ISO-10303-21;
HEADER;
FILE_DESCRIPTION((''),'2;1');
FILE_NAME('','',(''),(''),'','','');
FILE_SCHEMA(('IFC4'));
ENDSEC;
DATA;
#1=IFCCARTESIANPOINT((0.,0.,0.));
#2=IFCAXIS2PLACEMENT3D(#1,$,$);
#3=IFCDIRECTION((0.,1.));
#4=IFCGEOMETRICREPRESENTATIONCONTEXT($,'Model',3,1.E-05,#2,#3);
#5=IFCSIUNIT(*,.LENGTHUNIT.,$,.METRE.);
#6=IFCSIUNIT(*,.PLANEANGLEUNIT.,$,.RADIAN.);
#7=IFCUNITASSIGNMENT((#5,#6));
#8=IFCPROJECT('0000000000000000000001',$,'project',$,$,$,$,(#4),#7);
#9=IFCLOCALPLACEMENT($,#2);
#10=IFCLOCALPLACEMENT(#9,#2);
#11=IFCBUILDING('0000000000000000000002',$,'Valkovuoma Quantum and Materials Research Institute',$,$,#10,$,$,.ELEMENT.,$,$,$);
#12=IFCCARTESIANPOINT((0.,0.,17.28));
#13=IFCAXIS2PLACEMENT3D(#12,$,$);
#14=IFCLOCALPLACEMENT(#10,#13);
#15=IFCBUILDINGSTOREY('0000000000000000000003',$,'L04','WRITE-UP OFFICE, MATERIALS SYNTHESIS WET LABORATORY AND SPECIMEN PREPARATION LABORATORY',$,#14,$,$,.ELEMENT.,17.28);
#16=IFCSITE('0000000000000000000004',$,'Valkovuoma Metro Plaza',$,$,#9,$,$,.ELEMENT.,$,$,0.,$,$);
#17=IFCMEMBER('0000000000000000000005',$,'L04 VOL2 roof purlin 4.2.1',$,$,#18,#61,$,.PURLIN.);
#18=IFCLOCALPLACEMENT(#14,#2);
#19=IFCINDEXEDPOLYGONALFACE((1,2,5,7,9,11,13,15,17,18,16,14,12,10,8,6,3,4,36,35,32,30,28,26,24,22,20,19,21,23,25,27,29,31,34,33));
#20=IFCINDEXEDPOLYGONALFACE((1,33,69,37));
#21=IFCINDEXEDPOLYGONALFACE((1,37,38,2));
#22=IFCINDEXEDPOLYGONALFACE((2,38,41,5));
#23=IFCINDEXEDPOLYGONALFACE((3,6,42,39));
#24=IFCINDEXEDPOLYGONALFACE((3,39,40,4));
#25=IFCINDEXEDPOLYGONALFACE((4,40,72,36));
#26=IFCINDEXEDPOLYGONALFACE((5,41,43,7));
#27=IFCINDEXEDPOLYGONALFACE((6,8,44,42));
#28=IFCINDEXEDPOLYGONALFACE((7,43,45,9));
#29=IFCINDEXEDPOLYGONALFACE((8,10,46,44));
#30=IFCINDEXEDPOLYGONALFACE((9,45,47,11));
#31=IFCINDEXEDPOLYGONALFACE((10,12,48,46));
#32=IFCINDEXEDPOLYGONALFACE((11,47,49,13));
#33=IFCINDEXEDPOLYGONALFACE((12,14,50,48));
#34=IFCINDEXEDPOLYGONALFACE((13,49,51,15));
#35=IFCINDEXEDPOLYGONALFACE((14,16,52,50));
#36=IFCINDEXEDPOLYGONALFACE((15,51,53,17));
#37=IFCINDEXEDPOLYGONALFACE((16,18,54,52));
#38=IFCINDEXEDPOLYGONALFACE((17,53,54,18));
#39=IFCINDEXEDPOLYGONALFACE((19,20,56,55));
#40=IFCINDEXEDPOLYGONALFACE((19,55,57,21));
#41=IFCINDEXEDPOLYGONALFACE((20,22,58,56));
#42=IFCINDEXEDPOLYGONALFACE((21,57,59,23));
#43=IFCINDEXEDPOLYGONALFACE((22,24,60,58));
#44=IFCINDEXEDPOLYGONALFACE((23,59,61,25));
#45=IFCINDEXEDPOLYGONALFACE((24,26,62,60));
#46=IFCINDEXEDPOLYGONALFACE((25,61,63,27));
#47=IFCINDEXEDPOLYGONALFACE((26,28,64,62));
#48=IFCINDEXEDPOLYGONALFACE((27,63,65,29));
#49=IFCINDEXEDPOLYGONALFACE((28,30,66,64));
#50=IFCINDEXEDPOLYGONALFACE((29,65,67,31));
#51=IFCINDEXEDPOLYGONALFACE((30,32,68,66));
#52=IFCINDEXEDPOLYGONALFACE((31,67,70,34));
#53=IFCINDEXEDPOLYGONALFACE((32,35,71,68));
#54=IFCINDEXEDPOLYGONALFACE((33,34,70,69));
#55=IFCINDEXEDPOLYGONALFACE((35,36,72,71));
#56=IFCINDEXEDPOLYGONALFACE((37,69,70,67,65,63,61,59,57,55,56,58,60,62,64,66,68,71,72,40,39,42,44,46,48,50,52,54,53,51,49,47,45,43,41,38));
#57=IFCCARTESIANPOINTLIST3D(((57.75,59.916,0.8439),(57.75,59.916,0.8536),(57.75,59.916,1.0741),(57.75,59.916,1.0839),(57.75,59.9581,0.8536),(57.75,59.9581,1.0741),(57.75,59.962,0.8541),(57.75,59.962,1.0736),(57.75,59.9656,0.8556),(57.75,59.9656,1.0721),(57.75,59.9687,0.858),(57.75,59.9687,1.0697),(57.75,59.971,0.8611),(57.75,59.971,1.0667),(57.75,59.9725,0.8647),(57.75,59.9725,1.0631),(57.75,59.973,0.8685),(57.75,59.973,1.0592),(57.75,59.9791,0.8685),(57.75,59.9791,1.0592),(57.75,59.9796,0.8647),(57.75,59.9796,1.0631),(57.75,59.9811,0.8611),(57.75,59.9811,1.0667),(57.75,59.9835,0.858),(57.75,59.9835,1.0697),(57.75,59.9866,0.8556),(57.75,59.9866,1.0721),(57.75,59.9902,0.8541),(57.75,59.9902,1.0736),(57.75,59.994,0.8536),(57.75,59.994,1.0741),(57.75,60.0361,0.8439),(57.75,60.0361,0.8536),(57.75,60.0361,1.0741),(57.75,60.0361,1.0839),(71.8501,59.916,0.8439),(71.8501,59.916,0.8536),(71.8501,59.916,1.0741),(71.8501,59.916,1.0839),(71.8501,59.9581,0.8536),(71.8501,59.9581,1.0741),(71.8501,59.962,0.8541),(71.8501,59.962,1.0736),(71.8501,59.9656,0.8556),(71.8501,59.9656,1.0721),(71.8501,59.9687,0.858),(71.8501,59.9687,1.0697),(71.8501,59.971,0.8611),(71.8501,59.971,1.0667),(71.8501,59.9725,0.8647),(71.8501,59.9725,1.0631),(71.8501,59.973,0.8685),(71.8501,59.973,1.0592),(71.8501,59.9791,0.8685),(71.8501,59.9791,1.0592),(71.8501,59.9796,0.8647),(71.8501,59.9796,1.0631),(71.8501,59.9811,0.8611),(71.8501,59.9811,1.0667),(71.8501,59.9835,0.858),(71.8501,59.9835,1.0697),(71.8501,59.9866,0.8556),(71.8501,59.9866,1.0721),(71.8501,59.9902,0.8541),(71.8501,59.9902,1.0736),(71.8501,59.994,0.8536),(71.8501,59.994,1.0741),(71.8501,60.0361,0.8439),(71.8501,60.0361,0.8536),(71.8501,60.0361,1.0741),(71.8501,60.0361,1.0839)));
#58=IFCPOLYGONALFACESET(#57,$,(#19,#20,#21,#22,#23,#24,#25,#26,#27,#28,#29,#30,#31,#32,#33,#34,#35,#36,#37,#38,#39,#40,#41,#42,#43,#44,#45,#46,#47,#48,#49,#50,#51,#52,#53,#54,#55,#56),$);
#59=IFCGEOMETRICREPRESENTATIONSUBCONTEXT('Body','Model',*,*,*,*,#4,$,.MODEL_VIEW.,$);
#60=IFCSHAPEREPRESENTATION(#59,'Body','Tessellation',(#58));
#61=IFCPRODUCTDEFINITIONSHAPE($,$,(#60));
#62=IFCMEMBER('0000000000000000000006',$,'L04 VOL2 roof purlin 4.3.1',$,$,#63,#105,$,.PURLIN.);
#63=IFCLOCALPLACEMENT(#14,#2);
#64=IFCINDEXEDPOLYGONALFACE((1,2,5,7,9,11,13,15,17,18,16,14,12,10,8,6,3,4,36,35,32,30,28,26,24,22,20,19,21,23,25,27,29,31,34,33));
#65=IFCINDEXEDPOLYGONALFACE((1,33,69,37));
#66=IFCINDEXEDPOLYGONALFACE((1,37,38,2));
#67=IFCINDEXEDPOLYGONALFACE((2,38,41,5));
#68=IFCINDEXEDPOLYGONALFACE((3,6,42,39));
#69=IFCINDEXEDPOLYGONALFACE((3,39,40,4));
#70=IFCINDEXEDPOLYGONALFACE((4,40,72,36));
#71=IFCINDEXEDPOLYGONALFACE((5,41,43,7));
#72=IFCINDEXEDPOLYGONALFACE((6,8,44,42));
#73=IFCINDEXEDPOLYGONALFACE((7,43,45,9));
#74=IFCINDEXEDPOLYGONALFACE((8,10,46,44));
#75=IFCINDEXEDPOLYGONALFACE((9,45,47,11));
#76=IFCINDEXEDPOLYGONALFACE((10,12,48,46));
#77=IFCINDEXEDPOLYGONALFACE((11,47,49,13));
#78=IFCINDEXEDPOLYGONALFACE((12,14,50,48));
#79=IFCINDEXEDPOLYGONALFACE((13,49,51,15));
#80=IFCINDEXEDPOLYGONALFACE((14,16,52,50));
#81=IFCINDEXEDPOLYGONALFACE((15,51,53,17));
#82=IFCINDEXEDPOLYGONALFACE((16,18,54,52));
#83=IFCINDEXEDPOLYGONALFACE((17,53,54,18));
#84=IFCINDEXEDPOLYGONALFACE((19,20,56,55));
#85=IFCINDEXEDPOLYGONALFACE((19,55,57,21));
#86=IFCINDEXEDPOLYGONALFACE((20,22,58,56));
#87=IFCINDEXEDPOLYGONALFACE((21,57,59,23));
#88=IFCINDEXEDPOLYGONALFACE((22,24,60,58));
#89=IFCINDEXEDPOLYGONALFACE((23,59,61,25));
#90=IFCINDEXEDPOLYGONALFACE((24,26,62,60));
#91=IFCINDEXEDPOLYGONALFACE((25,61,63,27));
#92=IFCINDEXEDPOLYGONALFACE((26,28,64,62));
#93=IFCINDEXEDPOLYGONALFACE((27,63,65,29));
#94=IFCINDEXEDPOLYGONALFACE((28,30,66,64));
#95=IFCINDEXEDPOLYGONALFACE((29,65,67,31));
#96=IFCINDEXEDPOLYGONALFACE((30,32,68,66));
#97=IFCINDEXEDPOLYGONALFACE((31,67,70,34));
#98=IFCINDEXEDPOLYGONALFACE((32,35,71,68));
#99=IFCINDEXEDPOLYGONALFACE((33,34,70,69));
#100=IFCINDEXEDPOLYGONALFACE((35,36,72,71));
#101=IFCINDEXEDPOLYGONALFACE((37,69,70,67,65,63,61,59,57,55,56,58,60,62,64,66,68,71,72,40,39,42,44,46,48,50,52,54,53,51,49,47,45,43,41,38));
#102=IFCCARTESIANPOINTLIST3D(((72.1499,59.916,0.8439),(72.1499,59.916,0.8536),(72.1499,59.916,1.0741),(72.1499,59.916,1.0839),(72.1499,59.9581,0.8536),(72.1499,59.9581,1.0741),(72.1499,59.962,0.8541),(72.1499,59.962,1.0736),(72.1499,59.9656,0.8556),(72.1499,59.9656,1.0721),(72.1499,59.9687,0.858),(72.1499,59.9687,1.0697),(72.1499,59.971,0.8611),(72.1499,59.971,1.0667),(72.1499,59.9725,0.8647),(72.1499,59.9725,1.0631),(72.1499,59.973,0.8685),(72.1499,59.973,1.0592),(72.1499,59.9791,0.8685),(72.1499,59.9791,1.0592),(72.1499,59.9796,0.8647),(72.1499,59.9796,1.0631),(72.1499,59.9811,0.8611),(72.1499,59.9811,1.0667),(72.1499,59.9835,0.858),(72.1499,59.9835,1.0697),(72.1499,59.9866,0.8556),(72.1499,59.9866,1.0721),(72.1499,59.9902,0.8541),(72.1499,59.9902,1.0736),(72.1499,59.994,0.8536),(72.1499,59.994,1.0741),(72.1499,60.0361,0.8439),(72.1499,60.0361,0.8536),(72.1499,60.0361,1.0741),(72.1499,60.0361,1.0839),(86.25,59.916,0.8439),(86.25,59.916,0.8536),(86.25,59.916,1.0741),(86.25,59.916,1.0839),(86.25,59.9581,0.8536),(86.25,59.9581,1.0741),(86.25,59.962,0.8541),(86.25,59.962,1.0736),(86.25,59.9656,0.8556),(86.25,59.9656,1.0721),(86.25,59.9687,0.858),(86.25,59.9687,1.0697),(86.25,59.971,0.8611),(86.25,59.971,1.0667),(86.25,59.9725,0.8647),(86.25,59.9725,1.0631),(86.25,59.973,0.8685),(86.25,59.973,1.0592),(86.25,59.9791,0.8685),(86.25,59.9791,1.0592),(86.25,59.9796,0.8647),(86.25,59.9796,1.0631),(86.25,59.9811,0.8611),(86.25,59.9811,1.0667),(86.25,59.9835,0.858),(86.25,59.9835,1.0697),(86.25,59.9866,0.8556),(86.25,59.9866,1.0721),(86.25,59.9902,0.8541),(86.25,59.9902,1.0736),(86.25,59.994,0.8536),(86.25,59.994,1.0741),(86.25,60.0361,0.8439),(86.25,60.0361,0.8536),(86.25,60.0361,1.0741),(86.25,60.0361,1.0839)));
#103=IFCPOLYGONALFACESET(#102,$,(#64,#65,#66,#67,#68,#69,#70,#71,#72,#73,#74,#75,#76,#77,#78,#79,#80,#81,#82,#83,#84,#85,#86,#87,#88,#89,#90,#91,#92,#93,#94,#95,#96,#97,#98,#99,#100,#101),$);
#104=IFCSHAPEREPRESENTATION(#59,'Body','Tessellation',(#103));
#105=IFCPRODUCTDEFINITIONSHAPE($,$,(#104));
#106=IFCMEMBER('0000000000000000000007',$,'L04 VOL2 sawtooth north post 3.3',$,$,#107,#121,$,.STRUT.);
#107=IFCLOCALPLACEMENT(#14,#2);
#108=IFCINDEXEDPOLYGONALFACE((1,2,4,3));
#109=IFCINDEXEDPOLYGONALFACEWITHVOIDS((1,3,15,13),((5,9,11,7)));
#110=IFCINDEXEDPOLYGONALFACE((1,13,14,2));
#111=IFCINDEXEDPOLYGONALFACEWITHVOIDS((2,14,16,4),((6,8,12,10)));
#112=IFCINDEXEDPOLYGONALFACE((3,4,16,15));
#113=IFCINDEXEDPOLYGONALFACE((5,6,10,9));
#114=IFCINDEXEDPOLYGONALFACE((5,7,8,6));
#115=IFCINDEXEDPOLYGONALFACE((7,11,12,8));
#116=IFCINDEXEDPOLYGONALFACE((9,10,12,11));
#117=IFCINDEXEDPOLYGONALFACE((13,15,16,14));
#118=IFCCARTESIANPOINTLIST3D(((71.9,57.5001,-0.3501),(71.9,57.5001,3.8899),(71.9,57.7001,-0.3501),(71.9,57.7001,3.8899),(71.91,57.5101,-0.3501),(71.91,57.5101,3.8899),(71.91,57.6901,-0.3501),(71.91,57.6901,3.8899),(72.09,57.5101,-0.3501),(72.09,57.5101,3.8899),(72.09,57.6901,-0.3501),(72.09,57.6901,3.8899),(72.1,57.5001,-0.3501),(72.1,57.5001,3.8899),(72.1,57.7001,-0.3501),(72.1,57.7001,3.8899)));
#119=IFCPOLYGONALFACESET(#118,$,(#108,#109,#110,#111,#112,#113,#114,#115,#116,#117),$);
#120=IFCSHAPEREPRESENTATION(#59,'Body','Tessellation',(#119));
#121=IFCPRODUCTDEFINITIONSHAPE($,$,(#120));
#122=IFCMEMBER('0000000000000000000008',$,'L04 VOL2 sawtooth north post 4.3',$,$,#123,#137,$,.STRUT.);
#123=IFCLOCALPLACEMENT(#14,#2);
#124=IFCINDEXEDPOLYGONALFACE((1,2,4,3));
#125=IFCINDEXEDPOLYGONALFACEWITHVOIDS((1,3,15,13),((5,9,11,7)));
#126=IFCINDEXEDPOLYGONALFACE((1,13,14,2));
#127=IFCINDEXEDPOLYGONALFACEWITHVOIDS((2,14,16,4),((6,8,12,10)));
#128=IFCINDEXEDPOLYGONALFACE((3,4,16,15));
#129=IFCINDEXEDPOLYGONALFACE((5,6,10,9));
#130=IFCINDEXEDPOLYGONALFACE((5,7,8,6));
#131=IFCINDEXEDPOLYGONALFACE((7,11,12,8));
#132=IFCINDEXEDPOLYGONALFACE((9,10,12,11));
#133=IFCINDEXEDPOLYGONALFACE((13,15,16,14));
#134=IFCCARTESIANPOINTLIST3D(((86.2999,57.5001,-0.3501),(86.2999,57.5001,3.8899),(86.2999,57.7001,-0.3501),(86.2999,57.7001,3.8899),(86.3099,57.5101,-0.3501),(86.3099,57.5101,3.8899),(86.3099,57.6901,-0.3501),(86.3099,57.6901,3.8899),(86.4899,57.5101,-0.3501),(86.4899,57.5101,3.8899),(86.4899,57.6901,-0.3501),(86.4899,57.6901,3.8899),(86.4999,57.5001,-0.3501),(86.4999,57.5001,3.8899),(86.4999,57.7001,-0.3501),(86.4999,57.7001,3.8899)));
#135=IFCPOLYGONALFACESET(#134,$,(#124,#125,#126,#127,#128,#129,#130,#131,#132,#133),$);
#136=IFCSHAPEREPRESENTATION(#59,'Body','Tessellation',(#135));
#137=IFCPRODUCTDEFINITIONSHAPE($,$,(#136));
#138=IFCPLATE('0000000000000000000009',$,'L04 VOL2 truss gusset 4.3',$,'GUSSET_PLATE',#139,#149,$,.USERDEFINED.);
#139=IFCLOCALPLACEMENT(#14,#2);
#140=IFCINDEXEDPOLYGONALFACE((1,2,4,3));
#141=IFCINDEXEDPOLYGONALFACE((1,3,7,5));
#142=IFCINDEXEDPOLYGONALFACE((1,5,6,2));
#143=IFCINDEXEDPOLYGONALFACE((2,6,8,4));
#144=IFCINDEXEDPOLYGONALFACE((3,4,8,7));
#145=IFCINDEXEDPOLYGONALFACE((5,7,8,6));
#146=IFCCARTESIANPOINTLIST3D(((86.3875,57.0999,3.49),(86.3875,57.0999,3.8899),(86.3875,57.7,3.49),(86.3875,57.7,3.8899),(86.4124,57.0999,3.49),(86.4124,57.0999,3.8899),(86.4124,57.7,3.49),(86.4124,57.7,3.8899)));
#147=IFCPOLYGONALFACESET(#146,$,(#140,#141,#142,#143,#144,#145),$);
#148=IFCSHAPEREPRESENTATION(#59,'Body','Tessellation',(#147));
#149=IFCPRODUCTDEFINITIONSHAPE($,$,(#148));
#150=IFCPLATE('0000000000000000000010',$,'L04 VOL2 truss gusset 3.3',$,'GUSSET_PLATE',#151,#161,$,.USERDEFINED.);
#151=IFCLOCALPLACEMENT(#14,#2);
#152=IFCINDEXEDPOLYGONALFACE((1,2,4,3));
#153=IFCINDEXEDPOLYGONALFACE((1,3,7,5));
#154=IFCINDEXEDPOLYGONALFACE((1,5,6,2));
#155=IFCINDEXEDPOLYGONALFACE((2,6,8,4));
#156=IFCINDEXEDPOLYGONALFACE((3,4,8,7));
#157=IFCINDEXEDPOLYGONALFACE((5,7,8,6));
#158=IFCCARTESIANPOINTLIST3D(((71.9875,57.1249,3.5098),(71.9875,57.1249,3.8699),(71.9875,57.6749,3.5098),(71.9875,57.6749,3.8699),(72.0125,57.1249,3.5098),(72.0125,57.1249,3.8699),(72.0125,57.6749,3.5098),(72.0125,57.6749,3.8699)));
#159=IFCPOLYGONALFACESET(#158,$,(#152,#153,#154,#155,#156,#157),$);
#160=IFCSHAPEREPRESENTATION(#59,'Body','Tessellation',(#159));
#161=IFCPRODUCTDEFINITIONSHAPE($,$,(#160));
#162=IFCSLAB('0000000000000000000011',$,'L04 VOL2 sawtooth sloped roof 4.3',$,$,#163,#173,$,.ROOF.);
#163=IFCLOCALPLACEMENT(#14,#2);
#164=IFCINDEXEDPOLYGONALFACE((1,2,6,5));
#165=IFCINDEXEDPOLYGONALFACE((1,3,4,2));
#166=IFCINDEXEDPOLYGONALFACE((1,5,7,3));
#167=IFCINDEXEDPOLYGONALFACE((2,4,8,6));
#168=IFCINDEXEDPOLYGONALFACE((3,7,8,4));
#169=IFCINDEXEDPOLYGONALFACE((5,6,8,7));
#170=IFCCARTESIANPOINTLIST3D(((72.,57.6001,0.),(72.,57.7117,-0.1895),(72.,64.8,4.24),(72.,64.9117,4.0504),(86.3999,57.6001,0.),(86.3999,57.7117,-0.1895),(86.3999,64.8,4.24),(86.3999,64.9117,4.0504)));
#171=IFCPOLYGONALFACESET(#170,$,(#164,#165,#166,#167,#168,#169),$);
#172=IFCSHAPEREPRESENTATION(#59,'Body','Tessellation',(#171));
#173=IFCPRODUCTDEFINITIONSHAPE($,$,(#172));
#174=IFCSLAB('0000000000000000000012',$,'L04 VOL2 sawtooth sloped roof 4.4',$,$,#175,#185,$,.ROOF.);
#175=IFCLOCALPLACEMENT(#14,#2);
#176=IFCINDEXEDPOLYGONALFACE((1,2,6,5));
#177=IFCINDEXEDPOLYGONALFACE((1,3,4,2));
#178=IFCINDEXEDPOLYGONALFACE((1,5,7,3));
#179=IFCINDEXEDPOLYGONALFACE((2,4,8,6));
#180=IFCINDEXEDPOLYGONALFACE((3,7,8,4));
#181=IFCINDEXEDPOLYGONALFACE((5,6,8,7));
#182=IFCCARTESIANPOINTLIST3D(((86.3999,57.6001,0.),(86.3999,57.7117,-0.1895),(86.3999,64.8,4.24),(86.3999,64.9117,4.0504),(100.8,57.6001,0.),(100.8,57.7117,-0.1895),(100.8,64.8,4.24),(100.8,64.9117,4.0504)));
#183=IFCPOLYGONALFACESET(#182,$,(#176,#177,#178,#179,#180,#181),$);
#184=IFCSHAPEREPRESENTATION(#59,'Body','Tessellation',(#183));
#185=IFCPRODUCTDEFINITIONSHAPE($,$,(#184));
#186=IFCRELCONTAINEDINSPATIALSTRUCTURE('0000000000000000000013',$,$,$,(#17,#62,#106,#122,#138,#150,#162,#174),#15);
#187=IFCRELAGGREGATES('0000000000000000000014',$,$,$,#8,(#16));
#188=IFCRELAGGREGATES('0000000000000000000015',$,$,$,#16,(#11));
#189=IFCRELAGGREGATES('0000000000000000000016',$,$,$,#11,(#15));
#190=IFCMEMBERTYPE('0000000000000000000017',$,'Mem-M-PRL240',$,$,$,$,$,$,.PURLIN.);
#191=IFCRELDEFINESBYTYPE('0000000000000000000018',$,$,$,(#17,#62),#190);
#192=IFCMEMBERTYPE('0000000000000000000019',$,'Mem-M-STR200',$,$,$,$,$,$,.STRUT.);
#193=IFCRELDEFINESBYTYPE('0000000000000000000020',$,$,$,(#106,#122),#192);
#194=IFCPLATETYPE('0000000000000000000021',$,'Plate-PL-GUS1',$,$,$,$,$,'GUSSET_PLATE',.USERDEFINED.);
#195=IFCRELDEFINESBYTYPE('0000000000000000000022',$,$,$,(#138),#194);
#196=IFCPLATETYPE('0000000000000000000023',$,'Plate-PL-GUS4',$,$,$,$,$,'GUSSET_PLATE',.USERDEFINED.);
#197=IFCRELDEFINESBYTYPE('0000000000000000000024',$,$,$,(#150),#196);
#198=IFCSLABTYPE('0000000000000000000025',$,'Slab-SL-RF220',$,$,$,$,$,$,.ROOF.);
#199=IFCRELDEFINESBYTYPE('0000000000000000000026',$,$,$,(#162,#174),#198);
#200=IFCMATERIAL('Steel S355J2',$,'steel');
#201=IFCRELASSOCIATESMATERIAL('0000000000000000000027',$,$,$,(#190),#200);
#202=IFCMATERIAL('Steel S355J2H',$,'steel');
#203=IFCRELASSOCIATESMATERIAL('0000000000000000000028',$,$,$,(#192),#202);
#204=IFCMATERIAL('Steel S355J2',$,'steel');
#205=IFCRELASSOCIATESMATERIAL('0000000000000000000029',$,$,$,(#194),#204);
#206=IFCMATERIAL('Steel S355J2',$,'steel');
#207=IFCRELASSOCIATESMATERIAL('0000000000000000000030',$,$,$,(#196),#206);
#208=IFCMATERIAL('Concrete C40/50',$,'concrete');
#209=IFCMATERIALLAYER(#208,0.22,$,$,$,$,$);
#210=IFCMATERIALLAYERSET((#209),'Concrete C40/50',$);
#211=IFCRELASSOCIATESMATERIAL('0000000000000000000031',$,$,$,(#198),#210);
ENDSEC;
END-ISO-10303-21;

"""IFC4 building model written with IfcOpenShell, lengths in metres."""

from ifc_helpers import new_model, si_unit, direction, frame, origin, origin_2d, place, context, subcontext, project, spatial, polyline, rectangle, hollow_rectangle, i_section, outline, extrude, material, layer, layer_set, material_profile, profile_set, type_object, element, save


model = new_model("IFC4")

# Units and contexts
model_context = context("Model", 3, precision=1e-05, world=origin(), true_north=direction((0.0, 1.0)))
body_context = subcontext(model_context, "Body", "Model", "MODEL_VIEW")
ifc_project = project(units=[si_unit("LENGTHUNIT", "METRE"), si_unit("PLANEANGLEUNIT", "RADIAN")], contexts=[model_context])

# Site, building, storey
site_placement = place(None, origin())
site = spatial("IfcSite", under=ifc_project, at=site_placement, Name="Valkovuoma Metro Plaza", CompositionType="ELEMENT", RefElevation=0.0)
building_placement = place(site_placement, origin())
building = spatial("IfcBuilding", under=site, at=building_placement, Name="Valkovuoma Quantum and Materials Research Institute", CompositionType="ELEMENT")
storey_placement = place(building_placement, frame((0.0, 0.0, 17.28)))
storey = spatial("IfcBuildingStorey", under=building, at=storey_placement, Name="L04", Description="WRITE-UP OFFICE, MATERIALS SYNTHESIS WET LABORATORY AND SPECIMEN PREPARATION LABORATORY", CompositionType="ELEMENT", Elevation=17.28)

# Members
ifc_material_1 = material(Name="Steel S355J2", Category="steel")
ifc_material_profile_1 = material_profile(ifc_material_1, i_section(OverallWidth=0.1201, OverallDepth=0.24, WebThickness=0.0061, FlangeThickness=0.0098, FilletRadius=0.0149, at=origin_2d()), Name="Steel S355J2")
ifc_profile_set_1 = profile_set([ifc_material_profile_1], Name="Steel S355J2")
member_type_1 = type_object("IfcMemberType", Name="Mem-M-PRL240", PredefinedType="PURLIN", material=ifc_profile_set_1)
for number, where, z_axis, x_axis, name in (
    (1, (57.75, 59.9761, 0.9639), (1.0, 0.0, 0.0), (0.0, 1.0, 0.0), "L04 VOL2 roof purlin 4.2.1"),
    (2, (72.1499, 59.9761, 0.9639), (1.0, 0.0, 0.0), (0.0, 1.0, 0.0), "L04 VOL2 roof purlin 4.3.1"),
):
    element("IfcMember", number, at=place(storey_placement, frame(where, z_axis=z_axis, x_axis=x_axis)), inside=storey, type_object=member_type_1, Name=name, PredefinedType="PURLIN", context=body_context, shape_type="SweptSolid", body=[
        extrude(i_section(OverallWidth=0.1201, OverallDepth=0.24, WebThickness=0.0061, FlangeThickness=0.0098, FilletRadius=0.0149, at=origin_2d()), origin(), (0.0, 0.0, 1.0), 14.1001),
    ])
ifc_material_2 = material(Name="Steel S355J2H", Category="steel")
ifc_material_profile_2 = material_profile(ifc_material_2, hollow_rectangle(XDim=0.2, YDim=0.2, WallThickness=0.01, at=origin_2d()), Name="Steel S355J2H")
ifc_profile_set_2 = profile_set([ifc_material_profile_2], Name="Steel S355J2H")
member_type_2 = type_object("IfcMemberType", Name="Mem-M-STR200", PredefinedType="STRUT", material=ifc_profile_set_2)
for number, where, z_axis, x_axis, name in (
    (3, (72.0, 57.6001, -0.3501), (0.0, 0.0, 1.0), (1.0, 0.0, 0.0), "L04 VOL2 sawtooth north post 3.3"),
    (4, (86.3999, 57.6001, -0.3501), (0.0, 0.0, 1.0), (1.0, 0.0, 0.0), "L04 VOL2 sawtooth north post 4.3"),
):
    element("IfcMember", number, at=place(storey_placement, frame(where, z_axis=z_axis, x_axis=x_axis)), inside=storey, type_object=member_type_2, Name=name, PredefinedType="STRUT", context=body_context, shape_type="SweptSolid", body=[
        extrude(hollow_rectangle(XDim=0.2, YDim=0.2, WallThickness=0.01, at=origin_2d()), origin(), (0.0, 0.0, 1.0), 4.24),
    ])

# Plates
ifc_material_3 = material(Name="Steel S355J2", Category="steel")
plate_type_1 = type_object("IfcPlateType", Name="Plate-PL-GUS1", ElementType="GUSSET_PLATE", PredefinedType="USERDEFINED", material=ifc_material_3)
plate_1_placement = place(storey_placement, frame((86.3999, 57.3999, 3.49), z_axis=(0.0, 0.0, 1.0), x_axis=(0.0, 1.0, 0.0)))
element("IfcPlate", 5, at=plate_1_placement, inside=storey, type_object=plate_type_1, Name="L04 VOL2 truss gusset 4.3", ObjectType="GUSSET_PLATE", PredefinedType="USERDEFINED", context=body_context, shape_type="SweptSolid", body=[
    extrude(rectangle(XDim=0.6001, YDim=0.0249, at=origin_2d()), origin(), (0.0, 0.0, 1.0), 0.3999),
])
ifc_material_4 = material(Name="Steel S355J2", Category="steel")
plate_type_2 = type_object("IfcPlateType", Name="Plate-PL-GUS4", ElementType="GUSSET_PLATE", PredefinedType="USERDEFINED", material=ifc_material_4)
plate_2_placement = place(storey_placement, frame((72.0, 57.3999, 3.5098), z_axis=(0.0, 0.0, 1.0), x_axis=(0.0, 1.0, 0.0)))
element("IfcPlate", 6, at=plate_2_placement, inside=storey, type_object=plate_type_2, Name="L04 VOL2 truss gusset 3.3", ObjectType="GUSSET_PLATE", PredefinedType="USERDEFINED", context=body_context, shape_type="SweptSolid", body=[
    extrude(rectangle(XDim=0.55, YDim=0.0249, at=origin_2d()), origin(), (0.0, 0.0, 1.0), 0.3601),
])

# Slabs
ifc_material_5 = material(Name="Concrete C40/50", Category="concrete")
ifc_layer = layer(ifc_material_5, 0.22)
ifc_layer_set = layer_set([ifc_layer], Name="Concrete C40/50")
slab_type = type_object("IfcSlabType", Name="Slab-SL-RF220", PredefinedType="ROOF", material=ifc_layer_set)
slab_1_placement = place(storey_placement, frame((72.0, 57.6001, 0.0), z_axis=(0.0, -0.50744, 0.861687), x_axis=(1.0, 0.0, 0.0)))
element("IfcSlab", 7, at=slab_1_placement, inside=storey, type_object=slab_type, Name="L04 VOL2 sawtooth sloped roof 4.3", PredefinedType="ROOF", context=body_context, shape_type="SweptSolid", body=[
    extrude(outline(polyline([(0.0, 0.0), (14.3999, 0.0), (14.3999, 8.3556), (0.0, 8.3556), (0.0, 0.0)])), origin(), (0.0, 0.0, -1.0), 0.22),
])
slab_2_placement = place(storey_placement, frame((86.3999, 57.6001, 0.0), z_axis=(0.0, -0.50744, 0.861687), x_axis=(1.0, 0.0, 0.0)))
element("IfcSlab", 8, at=slab_2_placement, inside=storey, type_object=slab_type, Name="L04 VOL2 sawtooth sloped roof 4.4", PredefinedType="ROOF", context=body_context, shape_type="SweptSolid", body=[
    extrude(outline(polyline([(0.0, 0.0), (14.4001, 0.0), (14.4001, 8.3556), (0.0, 8.3556), (0.0, 0.0)])), origin(), (0.0, 0.0, -1.0), 0.22),
])

save(model, "model.ifc")
